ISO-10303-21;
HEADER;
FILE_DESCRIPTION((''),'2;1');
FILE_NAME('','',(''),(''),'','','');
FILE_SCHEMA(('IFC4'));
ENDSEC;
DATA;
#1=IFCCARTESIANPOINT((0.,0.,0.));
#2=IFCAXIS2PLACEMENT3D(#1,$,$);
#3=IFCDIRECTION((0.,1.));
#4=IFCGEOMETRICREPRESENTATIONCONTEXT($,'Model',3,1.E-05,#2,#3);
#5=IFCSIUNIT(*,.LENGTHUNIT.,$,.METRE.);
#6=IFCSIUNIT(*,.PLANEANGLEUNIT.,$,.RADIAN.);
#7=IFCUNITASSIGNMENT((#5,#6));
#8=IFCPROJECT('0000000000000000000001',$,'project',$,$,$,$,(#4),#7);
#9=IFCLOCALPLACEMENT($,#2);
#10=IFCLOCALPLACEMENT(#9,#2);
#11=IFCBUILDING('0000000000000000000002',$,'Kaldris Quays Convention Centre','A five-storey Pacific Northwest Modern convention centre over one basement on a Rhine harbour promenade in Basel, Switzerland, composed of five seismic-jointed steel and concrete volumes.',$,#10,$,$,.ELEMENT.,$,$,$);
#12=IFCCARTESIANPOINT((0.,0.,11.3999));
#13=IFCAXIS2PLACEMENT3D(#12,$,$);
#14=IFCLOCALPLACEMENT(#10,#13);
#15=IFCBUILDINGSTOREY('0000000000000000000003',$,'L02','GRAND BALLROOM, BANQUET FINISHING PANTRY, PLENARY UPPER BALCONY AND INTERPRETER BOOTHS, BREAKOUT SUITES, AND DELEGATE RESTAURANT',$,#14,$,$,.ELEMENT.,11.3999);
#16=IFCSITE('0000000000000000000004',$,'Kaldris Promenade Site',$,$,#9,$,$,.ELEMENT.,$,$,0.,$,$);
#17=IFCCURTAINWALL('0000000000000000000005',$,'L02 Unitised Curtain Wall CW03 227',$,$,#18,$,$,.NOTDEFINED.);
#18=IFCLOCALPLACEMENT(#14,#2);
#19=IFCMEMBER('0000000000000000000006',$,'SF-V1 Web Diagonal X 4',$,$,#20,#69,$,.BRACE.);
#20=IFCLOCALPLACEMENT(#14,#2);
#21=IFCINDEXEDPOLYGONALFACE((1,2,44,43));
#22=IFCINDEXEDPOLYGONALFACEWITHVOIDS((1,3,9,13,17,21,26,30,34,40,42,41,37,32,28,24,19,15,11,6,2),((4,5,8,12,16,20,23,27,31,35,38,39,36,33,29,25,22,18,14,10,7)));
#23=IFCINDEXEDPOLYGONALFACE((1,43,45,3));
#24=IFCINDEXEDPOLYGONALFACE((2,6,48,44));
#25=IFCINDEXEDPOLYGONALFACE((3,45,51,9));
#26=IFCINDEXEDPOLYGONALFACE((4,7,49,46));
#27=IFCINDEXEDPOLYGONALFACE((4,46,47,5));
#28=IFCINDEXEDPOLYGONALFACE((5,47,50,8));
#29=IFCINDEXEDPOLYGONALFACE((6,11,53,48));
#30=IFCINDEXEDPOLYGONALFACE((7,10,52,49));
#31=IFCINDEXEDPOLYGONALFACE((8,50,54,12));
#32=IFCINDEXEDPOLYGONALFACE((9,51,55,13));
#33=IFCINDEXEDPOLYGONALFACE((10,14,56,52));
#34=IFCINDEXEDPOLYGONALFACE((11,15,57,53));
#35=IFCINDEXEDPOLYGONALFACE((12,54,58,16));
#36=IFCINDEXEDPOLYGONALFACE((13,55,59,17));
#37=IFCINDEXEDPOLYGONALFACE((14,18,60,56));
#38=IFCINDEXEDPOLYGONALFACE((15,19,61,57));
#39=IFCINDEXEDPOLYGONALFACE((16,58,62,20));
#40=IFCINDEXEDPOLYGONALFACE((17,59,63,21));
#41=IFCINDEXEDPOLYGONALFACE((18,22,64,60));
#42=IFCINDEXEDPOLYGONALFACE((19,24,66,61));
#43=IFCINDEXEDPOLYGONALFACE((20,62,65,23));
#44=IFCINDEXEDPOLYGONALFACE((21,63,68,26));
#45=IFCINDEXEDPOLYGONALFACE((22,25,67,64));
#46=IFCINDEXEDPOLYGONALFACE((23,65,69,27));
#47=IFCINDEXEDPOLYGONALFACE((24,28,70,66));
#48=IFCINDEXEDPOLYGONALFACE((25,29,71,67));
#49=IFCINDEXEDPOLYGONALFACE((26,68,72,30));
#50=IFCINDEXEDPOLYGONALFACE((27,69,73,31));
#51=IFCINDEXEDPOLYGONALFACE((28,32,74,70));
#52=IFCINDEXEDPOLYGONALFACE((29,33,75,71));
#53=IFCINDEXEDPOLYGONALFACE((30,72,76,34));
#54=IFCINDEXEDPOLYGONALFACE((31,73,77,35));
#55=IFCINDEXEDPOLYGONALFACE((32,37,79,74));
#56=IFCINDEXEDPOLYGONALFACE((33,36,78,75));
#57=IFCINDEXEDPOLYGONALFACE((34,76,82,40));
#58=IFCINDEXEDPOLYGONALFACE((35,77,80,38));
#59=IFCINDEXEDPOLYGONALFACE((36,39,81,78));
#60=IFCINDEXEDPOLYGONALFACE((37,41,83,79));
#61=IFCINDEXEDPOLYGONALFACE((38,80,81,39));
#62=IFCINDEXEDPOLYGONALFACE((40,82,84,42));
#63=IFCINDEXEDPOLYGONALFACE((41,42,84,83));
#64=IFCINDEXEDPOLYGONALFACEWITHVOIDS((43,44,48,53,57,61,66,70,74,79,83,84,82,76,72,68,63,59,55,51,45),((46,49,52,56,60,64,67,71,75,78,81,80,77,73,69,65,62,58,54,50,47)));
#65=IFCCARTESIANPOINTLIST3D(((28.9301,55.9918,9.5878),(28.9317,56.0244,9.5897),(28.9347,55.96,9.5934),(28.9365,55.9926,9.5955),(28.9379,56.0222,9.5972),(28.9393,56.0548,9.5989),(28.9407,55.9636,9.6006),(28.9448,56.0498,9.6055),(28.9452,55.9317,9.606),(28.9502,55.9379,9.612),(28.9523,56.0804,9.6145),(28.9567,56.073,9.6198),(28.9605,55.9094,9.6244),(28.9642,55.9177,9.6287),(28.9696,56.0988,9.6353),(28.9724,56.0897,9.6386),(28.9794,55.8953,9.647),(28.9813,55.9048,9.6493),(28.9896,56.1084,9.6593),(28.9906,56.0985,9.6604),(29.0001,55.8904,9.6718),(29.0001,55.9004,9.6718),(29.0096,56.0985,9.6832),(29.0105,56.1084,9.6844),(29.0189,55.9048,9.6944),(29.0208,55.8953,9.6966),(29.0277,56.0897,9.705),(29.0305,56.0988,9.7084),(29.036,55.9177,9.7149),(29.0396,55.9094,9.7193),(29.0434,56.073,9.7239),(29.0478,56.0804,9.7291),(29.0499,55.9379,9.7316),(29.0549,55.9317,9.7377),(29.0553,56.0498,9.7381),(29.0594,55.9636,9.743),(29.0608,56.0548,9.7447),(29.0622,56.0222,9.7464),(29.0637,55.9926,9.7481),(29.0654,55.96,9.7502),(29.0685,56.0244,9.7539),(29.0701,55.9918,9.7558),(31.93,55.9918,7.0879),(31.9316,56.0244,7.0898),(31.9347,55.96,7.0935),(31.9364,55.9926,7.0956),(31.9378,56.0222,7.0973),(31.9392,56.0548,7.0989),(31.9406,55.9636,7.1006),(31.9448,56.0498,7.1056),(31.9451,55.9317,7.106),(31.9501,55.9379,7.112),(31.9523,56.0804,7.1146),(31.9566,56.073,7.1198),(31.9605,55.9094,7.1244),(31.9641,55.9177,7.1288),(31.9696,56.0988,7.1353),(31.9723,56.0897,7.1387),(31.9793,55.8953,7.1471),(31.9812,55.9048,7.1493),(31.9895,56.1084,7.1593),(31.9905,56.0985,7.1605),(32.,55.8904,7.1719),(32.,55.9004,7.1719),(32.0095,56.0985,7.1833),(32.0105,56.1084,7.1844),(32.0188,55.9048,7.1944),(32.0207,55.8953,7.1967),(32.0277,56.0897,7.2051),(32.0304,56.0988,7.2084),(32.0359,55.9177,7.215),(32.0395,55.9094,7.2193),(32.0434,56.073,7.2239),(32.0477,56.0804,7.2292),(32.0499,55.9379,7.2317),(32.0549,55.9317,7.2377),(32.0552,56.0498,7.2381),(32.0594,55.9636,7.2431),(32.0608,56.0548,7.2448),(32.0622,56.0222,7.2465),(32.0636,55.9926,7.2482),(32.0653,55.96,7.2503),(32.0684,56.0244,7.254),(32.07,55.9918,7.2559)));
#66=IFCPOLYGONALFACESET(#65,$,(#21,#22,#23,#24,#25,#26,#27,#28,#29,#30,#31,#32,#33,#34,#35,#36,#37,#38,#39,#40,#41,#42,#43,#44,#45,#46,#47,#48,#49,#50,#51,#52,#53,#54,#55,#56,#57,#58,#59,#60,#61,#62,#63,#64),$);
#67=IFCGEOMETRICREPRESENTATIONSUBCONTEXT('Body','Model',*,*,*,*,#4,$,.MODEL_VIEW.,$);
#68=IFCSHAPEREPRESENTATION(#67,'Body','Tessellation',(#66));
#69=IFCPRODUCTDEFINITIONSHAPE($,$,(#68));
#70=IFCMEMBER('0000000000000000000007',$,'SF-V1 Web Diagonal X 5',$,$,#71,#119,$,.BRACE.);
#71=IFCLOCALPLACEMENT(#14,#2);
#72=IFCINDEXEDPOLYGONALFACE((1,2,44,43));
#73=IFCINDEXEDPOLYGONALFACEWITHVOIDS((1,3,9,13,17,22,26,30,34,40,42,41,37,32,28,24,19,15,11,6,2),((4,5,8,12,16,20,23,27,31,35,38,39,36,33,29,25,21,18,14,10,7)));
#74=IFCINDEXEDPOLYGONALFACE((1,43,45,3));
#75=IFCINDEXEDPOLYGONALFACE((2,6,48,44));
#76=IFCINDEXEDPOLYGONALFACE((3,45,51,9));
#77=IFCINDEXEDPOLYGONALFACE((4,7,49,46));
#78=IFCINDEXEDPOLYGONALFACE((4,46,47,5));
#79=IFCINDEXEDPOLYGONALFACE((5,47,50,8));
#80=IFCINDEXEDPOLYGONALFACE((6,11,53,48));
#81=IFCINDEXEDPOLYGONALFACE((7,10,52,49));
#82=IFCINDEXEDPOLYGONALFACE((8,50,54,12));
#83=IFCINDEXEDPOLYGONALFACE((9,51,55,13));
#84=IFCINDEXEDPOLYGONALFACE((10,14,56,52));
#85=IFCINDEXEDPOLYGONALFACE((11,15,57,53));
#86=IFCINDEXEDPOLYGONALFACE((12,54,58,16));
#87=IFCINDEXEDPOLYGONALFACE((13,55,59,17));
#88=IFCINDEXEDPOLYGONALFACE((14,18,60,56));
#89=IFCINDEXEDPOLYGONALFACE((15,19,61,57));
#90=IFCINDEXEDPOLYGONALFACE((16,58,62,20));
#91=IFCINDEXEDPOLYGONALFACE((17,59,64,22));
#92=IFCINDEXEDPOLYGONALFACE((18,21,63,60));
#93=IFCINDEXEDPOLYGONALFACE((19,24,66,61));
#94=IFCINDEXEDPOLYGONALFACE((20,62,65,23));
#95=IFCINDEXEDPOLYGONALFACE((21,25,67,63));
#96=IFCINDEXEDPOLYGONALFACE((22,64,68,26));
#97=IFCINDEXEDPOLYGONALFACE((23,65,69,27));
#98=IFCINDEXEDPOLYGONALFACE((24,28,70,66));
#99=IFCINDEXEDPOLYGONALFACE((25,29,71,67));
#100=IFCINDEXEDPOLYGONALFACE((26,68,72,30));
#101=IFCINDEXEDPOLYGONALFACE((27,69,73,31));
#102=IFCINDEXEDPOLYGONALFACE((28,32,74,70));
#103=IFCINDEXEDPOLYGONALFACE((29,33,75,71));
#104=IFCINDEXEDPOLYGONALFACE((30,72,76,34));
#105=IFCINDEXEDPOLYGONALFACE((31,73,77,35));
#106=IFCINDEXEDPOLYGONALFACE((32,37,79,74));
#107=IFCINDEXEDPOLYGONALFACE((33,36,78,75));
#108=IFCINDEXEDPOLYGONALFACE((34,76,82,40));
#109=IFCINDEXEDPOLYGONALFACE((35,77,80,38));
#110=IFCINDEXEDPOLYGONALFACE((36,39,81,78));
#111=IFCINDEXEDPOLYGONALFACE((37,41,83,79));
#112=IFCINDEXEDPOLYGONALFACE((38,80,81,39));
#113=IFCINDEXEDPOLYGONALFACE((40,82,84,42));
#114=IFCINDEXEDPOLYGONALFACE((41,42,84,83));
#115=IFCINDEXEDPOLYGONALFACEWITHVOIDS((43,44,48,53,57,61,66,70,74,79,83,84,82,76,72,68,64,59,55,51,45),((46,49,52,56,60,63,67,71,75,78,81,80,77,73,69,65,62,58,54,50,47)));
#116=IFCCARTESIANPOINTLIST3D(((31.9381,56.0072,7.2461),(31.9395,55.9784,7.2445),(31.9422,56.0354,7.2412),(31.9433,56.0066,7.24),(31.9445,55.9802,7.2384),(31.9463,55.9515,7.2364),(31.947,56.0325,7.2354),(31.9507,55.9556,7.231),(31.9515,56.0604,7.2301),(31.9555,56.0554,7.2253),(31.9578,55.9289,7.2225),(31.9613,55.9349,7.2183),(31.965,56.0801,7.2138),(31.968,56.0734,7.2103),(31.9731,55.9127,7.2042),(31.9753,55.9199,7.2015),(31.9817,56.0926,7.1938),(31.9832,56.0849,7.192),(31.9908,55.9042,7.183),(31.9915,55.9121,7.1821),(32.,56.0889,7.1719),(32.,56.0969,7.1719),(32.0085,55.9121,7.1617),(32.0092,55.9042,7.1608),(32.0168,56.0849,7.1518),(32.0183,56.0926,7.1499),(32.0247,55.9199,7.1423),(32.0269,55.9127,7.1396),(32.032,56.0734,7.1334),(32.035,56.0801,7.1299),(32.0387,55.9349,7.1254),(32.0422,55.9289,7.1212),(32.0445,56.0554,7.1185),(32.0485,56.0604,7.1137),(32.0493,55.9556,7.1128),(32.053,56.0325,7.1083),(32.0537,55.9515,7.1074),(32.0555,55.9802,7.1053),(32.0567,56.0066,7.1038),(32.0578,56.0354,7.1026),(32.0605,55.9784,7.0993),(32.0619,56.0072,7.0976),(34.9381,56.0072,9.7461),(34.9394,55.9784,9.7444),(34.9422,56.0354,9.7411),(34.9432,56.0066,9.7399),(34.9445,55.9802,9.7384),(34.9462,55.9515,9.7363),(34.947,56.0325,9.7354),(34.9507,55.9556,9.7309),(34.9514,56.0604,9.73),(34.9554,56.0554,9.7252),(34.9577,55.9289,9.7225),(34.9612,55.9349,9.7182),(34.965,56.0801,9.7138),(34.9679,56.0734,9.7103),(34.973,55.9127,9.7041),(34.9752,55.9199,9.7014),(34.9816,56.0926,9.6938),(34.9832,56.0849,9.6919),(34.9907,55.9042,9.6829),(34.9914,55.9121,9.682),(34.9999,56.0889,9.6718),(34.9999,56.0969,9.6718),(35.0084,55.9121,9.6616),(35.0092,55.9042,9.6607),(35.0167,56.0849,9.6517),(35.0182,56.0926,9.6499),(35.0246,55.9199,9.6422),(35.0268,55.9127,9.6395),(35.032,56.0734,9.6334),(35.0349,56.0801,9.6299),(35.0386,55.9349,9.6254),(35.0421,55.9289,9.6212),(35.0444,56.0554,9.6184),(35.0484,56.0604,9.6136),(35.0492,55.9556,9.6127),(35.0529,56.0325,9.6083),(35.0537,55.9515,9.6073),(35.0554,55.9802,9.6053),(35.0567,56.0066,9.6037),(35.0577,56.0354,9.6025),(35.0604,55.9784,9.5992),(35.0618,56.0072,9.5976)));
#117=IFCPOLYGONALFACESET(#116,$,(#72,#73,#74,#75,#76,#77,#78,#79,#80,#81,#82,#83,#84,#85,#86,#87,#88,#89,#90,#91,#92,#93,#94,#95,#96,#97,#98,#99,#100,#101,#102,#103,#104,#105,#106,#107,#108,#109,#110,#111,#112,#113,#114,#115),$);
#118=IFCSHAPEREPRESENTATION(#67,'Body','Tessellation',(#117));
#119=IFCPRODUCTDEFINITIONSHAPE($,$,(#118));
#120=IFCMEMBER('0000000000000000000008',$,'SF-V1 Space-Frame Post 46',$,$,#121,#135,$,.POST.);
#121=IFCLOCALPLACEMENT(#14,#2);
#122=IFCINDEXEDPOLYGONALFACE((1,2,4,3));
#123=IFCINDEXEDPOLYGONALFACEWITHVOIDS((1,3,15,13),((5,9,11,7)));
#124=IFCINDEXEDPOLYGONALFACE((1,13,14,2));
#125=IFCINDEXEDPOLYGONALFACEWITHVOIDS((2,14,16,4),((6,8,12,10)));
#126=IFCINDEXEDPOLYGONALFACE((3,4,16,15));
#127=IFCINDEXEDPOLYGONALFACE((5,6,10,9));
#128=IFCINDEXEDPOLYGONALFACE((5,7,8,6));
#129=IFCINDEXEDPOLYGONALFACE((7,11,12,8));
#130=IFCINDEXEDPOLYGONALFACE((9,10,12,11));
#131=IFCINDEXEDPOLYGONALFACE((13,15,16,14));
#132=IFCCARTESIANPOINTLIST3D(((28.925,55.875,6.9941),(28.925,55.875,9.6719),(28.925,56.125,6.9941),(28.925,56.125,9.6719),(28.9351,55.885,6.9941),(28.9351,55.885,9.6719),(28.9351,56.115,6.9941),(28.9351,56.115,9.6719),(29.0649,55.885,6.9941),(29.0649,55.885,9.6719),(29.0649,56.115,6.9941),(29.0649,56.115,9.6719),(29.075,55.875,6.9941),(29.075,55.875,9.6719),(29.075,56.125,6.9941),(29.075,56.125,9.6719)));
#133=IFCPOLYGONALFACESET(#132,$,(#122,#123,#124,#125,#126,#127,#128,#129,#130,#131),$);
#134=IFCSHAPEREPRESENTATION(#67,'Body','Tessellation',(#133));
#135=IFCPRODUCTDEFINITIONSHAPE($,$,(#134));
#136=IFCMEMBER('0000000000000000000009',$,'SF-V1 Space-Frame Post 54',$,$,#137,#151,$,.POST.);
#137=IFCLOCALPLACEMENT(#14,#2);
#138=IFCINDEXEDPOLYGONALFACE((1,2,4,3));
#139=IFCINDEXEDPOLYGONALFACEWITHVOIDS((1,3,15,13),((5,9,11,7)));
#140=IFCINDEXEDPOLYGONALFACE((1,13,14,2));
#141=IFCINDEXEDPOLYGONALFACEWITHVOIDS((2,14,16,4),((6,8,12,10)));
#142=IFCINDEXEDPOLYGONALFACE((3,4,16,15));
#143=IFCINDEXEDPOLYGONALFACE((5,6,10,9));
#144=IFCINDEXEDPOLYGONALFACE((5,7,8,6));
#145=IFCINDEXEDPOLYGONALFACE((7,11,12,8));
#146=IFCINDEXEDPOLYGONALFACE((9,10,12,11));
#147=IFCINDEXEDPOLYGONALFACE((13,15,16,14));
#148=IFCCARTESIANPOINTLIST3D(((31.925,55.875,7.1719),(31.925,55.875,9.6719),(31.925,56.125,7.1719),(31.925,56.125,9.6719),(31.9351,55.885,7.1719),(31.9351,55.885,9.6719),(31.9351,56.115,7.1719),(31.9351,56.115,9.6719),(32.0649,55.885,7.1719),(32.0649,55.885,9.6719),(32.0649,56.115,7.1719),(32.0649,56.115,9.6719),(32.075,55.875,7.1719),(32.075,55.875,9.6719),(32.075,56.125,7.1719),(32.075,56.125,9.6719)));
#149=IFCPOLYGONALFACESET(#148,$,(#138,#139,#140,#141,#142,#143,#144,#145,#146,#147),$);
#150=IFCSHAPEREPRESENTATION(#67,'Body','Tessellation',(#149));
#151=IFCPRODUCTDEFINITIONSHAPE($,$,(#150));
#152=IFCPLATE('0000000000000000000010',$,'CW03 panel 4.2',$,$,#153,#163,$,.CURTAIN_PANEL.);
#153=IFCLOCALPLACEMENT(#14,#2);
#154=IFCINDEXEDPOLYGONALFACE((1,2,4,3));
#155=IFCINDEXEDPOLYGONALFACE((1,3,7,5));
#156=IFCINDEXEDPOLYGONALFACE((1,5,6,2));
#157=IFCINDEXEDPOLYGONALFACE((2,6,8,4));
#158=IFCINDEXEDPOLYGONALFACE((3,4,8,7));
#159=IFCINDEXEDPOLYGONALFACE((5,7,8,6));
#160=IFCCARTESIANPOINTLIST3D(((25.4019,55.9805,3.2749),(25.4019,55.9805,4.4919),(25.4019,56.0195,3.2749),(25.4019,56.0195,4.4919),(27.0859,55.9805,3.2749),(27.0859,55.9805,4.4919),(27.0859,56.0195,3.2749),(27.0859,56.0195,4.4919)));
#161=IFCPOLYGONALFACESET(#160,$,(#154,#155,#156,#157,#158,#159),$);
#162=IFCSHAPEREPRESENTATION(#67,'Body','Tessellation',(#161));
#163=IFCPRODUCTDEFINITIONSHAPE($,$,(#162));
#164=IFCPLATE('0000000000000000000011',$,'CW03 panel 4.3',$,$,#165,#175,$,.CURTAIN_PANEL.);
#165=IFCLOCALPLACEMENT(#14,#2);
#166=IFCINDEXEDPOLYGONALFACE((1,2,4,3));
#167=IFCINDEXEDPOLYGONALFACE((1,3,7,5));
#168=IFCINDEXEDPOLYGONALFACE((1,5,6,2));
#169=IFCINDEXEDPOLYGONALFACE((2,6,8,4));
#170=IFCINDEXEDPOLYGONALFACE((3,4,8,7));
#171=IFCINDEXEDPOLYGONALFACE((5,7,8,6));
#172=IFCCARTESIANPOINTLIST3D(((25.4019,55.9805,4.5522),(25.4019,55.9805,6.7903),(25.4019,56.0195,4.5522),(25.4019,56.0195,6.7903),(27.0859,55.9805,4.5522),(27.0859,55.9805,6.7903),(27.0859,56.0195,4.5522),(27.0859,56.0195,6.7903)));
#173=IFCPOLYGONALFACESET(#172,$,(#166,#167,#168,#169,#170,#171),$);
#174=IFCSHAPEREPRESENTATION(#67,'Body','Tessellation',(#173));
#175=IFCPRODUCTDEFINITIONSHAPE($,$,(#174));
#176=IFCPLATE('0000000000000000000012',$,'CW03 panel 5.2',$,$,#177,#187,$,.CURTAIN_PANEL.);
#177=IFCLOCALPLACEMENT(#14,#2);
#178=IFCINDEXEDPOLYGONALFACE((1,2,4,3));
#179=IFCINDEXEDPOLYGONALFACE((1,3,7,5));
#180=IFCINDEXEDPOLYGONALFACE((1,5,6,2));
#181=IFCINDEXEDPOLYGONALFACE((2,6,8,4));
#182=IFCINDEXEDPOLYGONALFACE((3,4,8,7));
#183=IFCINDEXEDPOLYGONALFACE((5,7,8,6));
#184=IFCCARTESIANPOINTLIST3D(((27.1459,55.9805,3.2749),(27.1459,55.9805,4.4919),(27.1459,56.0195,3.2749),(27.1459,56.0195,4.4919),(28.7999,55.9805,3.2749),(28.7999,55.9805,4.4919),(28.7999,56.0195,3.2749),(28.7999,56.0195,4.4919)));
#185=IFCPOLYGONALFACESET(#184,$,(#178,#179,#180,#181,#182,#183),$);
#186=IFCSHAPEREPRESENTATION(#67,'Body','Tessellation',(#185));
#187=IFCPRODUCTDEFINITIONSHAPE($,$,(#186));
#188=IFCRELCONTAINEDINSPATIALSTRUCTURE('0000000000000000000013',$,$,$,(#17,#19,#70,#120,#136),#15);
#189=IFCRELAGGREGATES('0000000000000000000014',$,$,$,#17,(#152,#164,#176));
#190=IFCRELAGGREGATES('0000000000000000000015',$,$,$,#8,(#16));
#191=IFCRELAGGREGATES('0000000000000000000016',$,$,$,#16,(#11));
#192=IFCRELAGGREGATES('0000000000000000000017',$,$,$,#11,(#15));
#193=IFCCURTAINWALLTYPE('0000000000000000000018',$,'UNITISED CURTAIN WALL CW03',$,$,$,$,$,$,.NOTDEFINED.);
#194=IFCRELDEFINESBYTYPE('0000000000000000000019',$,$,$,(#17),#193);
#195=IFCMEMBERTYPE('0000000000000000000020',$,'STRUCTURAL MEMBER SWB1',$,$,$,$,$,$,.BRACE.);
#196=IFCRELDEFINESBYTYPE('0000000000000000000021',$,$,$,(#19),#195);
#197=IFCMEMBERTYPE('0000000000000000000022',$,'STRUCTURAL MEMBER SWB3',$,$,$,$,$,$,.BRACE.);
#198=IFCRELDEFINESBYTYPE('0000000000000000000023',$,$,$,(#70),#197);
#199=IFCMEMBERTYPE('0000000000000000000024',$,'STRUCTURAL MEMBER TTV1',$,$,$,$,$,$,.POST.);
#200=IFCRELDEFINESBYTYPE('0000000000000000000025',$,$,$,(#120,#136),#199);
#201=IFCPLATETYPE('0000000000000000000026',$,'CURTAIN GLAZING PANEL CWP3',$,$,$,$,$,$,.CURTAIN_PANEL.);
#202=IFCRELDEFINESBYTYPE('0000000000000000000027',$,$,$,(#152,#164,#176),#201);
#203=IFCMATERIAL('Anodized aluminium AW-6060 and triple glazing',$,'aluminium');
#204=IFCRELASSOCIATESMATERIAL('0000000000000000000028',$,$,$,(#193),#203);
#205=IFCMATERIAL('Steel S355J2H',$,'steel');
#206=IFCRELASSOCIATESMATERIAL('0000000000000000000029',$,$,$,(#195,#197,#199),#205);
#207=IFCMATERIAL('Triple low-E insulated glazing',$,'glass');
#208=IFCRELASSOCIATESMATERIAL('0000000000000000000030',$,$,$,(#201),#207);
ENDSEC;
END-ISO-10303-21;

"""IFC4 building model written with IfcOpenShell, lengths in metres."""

from ifc_helpers import new_model, si_unit, direction, frame, origin, origin_2d, place, context, subcontext, project, spatial, rectangle, hollow_rectangle, hollow_circle, extrude, material, material_profile, profile_set, type_object, element, aggregate, save


model = new_model("IFC4")

# Units and contexts
model_context = context("Model", 3, precision=1e-05, world=origin(), true_north=direction((0.0, 1.0)))
body_context = subcontext(model_context, "Body", "Model", "MODEL_VIEW")
ifc_project = project(units=[si_unit("LENGTHUNIT", "METRE"), si_unit("PLANEANGLEUNIT", "RADIAN")], contexts=[model_context])

# Site, building, storey
site_placement = place(None, origin())
site = spatial("IfcSite", under=ifc_project, at=site_placement, Name="Kaldris Promenade Site", CompositionType="ELEMENT", RefElevation=0.0)
building_placement = place(site_placement, origin())
building = spatial("IfcBuilding", under=site, at=building_placement, Name="Kaldris Quays Convention Centre", Description="A five-storey Pacific Northwest Modern convention centre over one basement on a Rhine harbour promenade in Basel, Switzerland, composed of five seismic-jointed steel and concrete volumes.", CompositionType="ELEMENT")
storey_placement = place(building_placement, frame((0.0, 0.0, 11.3999)))
storey = spatial("IfcBuildingStorey", under=building, at=storey_placement, Name="L02", Description="GRAND BALLROOM, BANQUET FINISHING PANTRY, PLENARY UPPER BALCONY AND INTERPRETER BOOTHS, BREAKOUT SUITES, AND DELEGATE RESTAURANT", CompositionType="ELEMENT", Elevation=11.3999)

# Curtain wall
ifc_material_1 = material(Name="Anodized aluminium AW-6060 and triple glazing", Category="aluminium")
curtain_wall_type = type_object("IfcCurtainWallType", Name="UNITISED CURTAIN WALL CW03", PredefinedType="NOTDEFINED", material=ifc_material_1)
curtain_wall_1_placement = place(storey_placement, origin())
curtain_wall_1 = element("IfcCurtainWall", 1, at=curtain_wall_1_placement, inside=storey, type_object=curtain_wall_type, Name="L02 Unitised Curtain Wall CW03 227", PredefinedType="NOTDEFINED")

# Members
ifc_material_2 = material(Name="Steel S355J2H", Category="steel")
ifc_material_profile_1 = material_profile(ifc_material_2, hollow_circle(Radius=0.1096, WallThickness=0.01, at=origin_2d()), Name="CHS 219.1x10")
ifc_profile_set_1 = profile_set([ifc_material_profile_1], Name="Steel S355J2H")
member_type_1 = type_object("IfcMemberType", Name="STRUCTURAL MEMBER SWB1", PredefinedType="BRACE", material=ifc_profile_set_1)
for number, where, z_axis, x_axis, name in (
    (2, (32.0, 56.0, 7.1719), (-0.768221, 0.0, 0.640184), (0.0, -1.0, 0.0), "SF-V1 Web Diagonal X 4"),
):
    element("IfcMember", number, at=place(storey_placement, frame(where, z_axis=z_axis, x_axis=x_axis)), inside=storey, type_object=member_type_1, Name=name, PredefinedType="BRACE", context=body_context, shape_type="SweptSolid", body=[
        extrude(hollow_circle(Radius=0.1096, WallThickness=0.01, at=origin_2d()), origin(), (0.0, 0.0, 1.0), 3.905),
    ])
ifc_material_profile_2 = material_profile(ifc_material_2, hollow_circle(Radius=0.0969, WallThickness=0.0081, at=origin_2d()), Name="CHS 193.7x8")
ifc_profile_set_2 = profile_set([ifc_material_profile_2], Name="Steel S355J2H")
member_type_2 = type_object("IfcMemberType", Name="STRUCTURAL MEMBER SWB3", PredefinedType="BRACE", material=ifc_profile_set_2)
member_1_placement = place(storey_placement, frame((32.0, 56.0, 7.1719), z_axis=(0.768221, 0.0, 0.640184), x_axis=(0.0, 1.0, 0.0)))
element("IfcMember", 3, at=member_1_placement, inside=storey, type_object=member_type_2, Name="SF-V1 Web Diagonal X 5", PredefinedType="BRACE", context=body_context, shape_type="SweptSolid", body=[
    extrude(hollow_circle(Radius=0.0969, WallThickness=0.0081, at=origin_2d()), origin(), (0.0, 0.0, 1.0), 3.905),
])
ifc_material_profile_3 = material_profile(ifc_material_2, hollow_rectangle(XDim=0.1499, YDim=0.25, WallThickness=0.01, at=origin_2d()), Name="RHS 250x150x10")
ifc_profile_set_3 = profile_set([ifc_material_profile_3], Name="Steel S355J2H")
member_type_3 = type_object("IfcMemberType", Name="STRUCTURAL MEMBER TTV1", PredefinedType="POST", material=ifc_profile_set_3)
member_2_placement = place(storey_placement, frame((29.0, 56.0, 6.9941), z_axis=(0.0, 0.0, 1.0), x_axis=(1.0, 0.0, 0.0)))
element("IfcMember", 4, at=member_2_placement, inside=storey, type_object=member_type_3, Name="SF-V1 Space-Frame Post 46", PredefinedType="POST", context=body_context, shape_type="SweptSolid", body=[
    extrude(hollow_rectangle(XDim=0.1499, YDim=0.25, WallThickness=0.01, at=origin_2d()), origin(), (0.0, 0.0, 1.0), 2.6777),
])
member_3_placement = place(storey_placement, frame((32.0, 56.0, 7.1719), z_axis=(0.0, 0.0, 1.0), x_axis=(1.0, 0.0, 0.0)))
element("IfcMember", 5, at=member_3_placement, inside=storey, type_object=member_type_3, Name="SF-V1 Space-Frame Post 54", PredefinedType="POST", context=body_context, shape_type="SweptSolid", body=[
    extrude(hollow_rectangle(XDim=0.1499, YDim=0.25, WallThickness=0.01, at=origin_2d()), origin(), (0.0, 0.0, 1.0), 2.5),
])

# Plates
ifc_material_3 = material(Name="Triple low-E insulated glazing", Category="glass")
plate_type_1 = type_object("IfcPlateType", Name="CURTAIN GLAZING PANEL CWP3", PredefinedType="CURTAIN_PANEL", material=ifc_material_3)
plate_1_placement = place(storey_placement, frame((26.2439, 56.0, 3.2749), z_axis=(0.0, 0.0, 1.0), x_axis=(1.0, 0.0, 0.0)))
plate_1 = element("IfcPlate", 6, at=plate_1_placement, type_object=plate_type_1, Name="CW03 panel 4.2", PredefinedType="CURTAIN_PANEL", context=body_context, shape_type="SweptSolid", body=[
    extrude(rectangle(XDim=1.6841, YDim=0.0391, at=origin_2d()), origin(), (0.0, 0.0, 1.0), 1.217),
])
plate_2_placement = place(storey_placement, frame((26.2439, 56.0, 4.5522), z_axis=(0.0, 0.0, 1.0), x_axis=(1.0, 0.0, 0.0)))
plate_2 = element("IfcPlate", 7, at=plate_2_placement, type_object=plate_type_1, Name="CW03 panel 4.3", PredefinedType="CURTAIN_PANEL", context=body_context, shape_type="SweptSolid", body=[
    extrude(rectangle(XDim=1.6841, YDim=0.0391, at=origin_2d()), origin(), (0.0, 0.0, 1.0), 2.238),
])
plate_3_placement = place(storey_placement, frame((27.9729, 56.0, 3.2749), z_axis=(0.0, 0.0, 1.0), x_axis=(1.0, 0.0, 0.0)))
plate_3 = element("IfcPlate", 8, at=plate_3_placement, type_object=plate_type_1, Name="CW03 panel 5.2", PredefinedType="CURTAIN_PANEL", context=body_context, shape_type="SweptSolid", body=[
    extrude(rectangle(XDim=1.6541, YDim=0.0391, at=origin_2d()), origin(), (0.0, 0.0, 1.0), 1.217),
])
aggregate(curtain_wall_1, [plate_1, plate_2, plate_3])

save(model, "model.ifc")
